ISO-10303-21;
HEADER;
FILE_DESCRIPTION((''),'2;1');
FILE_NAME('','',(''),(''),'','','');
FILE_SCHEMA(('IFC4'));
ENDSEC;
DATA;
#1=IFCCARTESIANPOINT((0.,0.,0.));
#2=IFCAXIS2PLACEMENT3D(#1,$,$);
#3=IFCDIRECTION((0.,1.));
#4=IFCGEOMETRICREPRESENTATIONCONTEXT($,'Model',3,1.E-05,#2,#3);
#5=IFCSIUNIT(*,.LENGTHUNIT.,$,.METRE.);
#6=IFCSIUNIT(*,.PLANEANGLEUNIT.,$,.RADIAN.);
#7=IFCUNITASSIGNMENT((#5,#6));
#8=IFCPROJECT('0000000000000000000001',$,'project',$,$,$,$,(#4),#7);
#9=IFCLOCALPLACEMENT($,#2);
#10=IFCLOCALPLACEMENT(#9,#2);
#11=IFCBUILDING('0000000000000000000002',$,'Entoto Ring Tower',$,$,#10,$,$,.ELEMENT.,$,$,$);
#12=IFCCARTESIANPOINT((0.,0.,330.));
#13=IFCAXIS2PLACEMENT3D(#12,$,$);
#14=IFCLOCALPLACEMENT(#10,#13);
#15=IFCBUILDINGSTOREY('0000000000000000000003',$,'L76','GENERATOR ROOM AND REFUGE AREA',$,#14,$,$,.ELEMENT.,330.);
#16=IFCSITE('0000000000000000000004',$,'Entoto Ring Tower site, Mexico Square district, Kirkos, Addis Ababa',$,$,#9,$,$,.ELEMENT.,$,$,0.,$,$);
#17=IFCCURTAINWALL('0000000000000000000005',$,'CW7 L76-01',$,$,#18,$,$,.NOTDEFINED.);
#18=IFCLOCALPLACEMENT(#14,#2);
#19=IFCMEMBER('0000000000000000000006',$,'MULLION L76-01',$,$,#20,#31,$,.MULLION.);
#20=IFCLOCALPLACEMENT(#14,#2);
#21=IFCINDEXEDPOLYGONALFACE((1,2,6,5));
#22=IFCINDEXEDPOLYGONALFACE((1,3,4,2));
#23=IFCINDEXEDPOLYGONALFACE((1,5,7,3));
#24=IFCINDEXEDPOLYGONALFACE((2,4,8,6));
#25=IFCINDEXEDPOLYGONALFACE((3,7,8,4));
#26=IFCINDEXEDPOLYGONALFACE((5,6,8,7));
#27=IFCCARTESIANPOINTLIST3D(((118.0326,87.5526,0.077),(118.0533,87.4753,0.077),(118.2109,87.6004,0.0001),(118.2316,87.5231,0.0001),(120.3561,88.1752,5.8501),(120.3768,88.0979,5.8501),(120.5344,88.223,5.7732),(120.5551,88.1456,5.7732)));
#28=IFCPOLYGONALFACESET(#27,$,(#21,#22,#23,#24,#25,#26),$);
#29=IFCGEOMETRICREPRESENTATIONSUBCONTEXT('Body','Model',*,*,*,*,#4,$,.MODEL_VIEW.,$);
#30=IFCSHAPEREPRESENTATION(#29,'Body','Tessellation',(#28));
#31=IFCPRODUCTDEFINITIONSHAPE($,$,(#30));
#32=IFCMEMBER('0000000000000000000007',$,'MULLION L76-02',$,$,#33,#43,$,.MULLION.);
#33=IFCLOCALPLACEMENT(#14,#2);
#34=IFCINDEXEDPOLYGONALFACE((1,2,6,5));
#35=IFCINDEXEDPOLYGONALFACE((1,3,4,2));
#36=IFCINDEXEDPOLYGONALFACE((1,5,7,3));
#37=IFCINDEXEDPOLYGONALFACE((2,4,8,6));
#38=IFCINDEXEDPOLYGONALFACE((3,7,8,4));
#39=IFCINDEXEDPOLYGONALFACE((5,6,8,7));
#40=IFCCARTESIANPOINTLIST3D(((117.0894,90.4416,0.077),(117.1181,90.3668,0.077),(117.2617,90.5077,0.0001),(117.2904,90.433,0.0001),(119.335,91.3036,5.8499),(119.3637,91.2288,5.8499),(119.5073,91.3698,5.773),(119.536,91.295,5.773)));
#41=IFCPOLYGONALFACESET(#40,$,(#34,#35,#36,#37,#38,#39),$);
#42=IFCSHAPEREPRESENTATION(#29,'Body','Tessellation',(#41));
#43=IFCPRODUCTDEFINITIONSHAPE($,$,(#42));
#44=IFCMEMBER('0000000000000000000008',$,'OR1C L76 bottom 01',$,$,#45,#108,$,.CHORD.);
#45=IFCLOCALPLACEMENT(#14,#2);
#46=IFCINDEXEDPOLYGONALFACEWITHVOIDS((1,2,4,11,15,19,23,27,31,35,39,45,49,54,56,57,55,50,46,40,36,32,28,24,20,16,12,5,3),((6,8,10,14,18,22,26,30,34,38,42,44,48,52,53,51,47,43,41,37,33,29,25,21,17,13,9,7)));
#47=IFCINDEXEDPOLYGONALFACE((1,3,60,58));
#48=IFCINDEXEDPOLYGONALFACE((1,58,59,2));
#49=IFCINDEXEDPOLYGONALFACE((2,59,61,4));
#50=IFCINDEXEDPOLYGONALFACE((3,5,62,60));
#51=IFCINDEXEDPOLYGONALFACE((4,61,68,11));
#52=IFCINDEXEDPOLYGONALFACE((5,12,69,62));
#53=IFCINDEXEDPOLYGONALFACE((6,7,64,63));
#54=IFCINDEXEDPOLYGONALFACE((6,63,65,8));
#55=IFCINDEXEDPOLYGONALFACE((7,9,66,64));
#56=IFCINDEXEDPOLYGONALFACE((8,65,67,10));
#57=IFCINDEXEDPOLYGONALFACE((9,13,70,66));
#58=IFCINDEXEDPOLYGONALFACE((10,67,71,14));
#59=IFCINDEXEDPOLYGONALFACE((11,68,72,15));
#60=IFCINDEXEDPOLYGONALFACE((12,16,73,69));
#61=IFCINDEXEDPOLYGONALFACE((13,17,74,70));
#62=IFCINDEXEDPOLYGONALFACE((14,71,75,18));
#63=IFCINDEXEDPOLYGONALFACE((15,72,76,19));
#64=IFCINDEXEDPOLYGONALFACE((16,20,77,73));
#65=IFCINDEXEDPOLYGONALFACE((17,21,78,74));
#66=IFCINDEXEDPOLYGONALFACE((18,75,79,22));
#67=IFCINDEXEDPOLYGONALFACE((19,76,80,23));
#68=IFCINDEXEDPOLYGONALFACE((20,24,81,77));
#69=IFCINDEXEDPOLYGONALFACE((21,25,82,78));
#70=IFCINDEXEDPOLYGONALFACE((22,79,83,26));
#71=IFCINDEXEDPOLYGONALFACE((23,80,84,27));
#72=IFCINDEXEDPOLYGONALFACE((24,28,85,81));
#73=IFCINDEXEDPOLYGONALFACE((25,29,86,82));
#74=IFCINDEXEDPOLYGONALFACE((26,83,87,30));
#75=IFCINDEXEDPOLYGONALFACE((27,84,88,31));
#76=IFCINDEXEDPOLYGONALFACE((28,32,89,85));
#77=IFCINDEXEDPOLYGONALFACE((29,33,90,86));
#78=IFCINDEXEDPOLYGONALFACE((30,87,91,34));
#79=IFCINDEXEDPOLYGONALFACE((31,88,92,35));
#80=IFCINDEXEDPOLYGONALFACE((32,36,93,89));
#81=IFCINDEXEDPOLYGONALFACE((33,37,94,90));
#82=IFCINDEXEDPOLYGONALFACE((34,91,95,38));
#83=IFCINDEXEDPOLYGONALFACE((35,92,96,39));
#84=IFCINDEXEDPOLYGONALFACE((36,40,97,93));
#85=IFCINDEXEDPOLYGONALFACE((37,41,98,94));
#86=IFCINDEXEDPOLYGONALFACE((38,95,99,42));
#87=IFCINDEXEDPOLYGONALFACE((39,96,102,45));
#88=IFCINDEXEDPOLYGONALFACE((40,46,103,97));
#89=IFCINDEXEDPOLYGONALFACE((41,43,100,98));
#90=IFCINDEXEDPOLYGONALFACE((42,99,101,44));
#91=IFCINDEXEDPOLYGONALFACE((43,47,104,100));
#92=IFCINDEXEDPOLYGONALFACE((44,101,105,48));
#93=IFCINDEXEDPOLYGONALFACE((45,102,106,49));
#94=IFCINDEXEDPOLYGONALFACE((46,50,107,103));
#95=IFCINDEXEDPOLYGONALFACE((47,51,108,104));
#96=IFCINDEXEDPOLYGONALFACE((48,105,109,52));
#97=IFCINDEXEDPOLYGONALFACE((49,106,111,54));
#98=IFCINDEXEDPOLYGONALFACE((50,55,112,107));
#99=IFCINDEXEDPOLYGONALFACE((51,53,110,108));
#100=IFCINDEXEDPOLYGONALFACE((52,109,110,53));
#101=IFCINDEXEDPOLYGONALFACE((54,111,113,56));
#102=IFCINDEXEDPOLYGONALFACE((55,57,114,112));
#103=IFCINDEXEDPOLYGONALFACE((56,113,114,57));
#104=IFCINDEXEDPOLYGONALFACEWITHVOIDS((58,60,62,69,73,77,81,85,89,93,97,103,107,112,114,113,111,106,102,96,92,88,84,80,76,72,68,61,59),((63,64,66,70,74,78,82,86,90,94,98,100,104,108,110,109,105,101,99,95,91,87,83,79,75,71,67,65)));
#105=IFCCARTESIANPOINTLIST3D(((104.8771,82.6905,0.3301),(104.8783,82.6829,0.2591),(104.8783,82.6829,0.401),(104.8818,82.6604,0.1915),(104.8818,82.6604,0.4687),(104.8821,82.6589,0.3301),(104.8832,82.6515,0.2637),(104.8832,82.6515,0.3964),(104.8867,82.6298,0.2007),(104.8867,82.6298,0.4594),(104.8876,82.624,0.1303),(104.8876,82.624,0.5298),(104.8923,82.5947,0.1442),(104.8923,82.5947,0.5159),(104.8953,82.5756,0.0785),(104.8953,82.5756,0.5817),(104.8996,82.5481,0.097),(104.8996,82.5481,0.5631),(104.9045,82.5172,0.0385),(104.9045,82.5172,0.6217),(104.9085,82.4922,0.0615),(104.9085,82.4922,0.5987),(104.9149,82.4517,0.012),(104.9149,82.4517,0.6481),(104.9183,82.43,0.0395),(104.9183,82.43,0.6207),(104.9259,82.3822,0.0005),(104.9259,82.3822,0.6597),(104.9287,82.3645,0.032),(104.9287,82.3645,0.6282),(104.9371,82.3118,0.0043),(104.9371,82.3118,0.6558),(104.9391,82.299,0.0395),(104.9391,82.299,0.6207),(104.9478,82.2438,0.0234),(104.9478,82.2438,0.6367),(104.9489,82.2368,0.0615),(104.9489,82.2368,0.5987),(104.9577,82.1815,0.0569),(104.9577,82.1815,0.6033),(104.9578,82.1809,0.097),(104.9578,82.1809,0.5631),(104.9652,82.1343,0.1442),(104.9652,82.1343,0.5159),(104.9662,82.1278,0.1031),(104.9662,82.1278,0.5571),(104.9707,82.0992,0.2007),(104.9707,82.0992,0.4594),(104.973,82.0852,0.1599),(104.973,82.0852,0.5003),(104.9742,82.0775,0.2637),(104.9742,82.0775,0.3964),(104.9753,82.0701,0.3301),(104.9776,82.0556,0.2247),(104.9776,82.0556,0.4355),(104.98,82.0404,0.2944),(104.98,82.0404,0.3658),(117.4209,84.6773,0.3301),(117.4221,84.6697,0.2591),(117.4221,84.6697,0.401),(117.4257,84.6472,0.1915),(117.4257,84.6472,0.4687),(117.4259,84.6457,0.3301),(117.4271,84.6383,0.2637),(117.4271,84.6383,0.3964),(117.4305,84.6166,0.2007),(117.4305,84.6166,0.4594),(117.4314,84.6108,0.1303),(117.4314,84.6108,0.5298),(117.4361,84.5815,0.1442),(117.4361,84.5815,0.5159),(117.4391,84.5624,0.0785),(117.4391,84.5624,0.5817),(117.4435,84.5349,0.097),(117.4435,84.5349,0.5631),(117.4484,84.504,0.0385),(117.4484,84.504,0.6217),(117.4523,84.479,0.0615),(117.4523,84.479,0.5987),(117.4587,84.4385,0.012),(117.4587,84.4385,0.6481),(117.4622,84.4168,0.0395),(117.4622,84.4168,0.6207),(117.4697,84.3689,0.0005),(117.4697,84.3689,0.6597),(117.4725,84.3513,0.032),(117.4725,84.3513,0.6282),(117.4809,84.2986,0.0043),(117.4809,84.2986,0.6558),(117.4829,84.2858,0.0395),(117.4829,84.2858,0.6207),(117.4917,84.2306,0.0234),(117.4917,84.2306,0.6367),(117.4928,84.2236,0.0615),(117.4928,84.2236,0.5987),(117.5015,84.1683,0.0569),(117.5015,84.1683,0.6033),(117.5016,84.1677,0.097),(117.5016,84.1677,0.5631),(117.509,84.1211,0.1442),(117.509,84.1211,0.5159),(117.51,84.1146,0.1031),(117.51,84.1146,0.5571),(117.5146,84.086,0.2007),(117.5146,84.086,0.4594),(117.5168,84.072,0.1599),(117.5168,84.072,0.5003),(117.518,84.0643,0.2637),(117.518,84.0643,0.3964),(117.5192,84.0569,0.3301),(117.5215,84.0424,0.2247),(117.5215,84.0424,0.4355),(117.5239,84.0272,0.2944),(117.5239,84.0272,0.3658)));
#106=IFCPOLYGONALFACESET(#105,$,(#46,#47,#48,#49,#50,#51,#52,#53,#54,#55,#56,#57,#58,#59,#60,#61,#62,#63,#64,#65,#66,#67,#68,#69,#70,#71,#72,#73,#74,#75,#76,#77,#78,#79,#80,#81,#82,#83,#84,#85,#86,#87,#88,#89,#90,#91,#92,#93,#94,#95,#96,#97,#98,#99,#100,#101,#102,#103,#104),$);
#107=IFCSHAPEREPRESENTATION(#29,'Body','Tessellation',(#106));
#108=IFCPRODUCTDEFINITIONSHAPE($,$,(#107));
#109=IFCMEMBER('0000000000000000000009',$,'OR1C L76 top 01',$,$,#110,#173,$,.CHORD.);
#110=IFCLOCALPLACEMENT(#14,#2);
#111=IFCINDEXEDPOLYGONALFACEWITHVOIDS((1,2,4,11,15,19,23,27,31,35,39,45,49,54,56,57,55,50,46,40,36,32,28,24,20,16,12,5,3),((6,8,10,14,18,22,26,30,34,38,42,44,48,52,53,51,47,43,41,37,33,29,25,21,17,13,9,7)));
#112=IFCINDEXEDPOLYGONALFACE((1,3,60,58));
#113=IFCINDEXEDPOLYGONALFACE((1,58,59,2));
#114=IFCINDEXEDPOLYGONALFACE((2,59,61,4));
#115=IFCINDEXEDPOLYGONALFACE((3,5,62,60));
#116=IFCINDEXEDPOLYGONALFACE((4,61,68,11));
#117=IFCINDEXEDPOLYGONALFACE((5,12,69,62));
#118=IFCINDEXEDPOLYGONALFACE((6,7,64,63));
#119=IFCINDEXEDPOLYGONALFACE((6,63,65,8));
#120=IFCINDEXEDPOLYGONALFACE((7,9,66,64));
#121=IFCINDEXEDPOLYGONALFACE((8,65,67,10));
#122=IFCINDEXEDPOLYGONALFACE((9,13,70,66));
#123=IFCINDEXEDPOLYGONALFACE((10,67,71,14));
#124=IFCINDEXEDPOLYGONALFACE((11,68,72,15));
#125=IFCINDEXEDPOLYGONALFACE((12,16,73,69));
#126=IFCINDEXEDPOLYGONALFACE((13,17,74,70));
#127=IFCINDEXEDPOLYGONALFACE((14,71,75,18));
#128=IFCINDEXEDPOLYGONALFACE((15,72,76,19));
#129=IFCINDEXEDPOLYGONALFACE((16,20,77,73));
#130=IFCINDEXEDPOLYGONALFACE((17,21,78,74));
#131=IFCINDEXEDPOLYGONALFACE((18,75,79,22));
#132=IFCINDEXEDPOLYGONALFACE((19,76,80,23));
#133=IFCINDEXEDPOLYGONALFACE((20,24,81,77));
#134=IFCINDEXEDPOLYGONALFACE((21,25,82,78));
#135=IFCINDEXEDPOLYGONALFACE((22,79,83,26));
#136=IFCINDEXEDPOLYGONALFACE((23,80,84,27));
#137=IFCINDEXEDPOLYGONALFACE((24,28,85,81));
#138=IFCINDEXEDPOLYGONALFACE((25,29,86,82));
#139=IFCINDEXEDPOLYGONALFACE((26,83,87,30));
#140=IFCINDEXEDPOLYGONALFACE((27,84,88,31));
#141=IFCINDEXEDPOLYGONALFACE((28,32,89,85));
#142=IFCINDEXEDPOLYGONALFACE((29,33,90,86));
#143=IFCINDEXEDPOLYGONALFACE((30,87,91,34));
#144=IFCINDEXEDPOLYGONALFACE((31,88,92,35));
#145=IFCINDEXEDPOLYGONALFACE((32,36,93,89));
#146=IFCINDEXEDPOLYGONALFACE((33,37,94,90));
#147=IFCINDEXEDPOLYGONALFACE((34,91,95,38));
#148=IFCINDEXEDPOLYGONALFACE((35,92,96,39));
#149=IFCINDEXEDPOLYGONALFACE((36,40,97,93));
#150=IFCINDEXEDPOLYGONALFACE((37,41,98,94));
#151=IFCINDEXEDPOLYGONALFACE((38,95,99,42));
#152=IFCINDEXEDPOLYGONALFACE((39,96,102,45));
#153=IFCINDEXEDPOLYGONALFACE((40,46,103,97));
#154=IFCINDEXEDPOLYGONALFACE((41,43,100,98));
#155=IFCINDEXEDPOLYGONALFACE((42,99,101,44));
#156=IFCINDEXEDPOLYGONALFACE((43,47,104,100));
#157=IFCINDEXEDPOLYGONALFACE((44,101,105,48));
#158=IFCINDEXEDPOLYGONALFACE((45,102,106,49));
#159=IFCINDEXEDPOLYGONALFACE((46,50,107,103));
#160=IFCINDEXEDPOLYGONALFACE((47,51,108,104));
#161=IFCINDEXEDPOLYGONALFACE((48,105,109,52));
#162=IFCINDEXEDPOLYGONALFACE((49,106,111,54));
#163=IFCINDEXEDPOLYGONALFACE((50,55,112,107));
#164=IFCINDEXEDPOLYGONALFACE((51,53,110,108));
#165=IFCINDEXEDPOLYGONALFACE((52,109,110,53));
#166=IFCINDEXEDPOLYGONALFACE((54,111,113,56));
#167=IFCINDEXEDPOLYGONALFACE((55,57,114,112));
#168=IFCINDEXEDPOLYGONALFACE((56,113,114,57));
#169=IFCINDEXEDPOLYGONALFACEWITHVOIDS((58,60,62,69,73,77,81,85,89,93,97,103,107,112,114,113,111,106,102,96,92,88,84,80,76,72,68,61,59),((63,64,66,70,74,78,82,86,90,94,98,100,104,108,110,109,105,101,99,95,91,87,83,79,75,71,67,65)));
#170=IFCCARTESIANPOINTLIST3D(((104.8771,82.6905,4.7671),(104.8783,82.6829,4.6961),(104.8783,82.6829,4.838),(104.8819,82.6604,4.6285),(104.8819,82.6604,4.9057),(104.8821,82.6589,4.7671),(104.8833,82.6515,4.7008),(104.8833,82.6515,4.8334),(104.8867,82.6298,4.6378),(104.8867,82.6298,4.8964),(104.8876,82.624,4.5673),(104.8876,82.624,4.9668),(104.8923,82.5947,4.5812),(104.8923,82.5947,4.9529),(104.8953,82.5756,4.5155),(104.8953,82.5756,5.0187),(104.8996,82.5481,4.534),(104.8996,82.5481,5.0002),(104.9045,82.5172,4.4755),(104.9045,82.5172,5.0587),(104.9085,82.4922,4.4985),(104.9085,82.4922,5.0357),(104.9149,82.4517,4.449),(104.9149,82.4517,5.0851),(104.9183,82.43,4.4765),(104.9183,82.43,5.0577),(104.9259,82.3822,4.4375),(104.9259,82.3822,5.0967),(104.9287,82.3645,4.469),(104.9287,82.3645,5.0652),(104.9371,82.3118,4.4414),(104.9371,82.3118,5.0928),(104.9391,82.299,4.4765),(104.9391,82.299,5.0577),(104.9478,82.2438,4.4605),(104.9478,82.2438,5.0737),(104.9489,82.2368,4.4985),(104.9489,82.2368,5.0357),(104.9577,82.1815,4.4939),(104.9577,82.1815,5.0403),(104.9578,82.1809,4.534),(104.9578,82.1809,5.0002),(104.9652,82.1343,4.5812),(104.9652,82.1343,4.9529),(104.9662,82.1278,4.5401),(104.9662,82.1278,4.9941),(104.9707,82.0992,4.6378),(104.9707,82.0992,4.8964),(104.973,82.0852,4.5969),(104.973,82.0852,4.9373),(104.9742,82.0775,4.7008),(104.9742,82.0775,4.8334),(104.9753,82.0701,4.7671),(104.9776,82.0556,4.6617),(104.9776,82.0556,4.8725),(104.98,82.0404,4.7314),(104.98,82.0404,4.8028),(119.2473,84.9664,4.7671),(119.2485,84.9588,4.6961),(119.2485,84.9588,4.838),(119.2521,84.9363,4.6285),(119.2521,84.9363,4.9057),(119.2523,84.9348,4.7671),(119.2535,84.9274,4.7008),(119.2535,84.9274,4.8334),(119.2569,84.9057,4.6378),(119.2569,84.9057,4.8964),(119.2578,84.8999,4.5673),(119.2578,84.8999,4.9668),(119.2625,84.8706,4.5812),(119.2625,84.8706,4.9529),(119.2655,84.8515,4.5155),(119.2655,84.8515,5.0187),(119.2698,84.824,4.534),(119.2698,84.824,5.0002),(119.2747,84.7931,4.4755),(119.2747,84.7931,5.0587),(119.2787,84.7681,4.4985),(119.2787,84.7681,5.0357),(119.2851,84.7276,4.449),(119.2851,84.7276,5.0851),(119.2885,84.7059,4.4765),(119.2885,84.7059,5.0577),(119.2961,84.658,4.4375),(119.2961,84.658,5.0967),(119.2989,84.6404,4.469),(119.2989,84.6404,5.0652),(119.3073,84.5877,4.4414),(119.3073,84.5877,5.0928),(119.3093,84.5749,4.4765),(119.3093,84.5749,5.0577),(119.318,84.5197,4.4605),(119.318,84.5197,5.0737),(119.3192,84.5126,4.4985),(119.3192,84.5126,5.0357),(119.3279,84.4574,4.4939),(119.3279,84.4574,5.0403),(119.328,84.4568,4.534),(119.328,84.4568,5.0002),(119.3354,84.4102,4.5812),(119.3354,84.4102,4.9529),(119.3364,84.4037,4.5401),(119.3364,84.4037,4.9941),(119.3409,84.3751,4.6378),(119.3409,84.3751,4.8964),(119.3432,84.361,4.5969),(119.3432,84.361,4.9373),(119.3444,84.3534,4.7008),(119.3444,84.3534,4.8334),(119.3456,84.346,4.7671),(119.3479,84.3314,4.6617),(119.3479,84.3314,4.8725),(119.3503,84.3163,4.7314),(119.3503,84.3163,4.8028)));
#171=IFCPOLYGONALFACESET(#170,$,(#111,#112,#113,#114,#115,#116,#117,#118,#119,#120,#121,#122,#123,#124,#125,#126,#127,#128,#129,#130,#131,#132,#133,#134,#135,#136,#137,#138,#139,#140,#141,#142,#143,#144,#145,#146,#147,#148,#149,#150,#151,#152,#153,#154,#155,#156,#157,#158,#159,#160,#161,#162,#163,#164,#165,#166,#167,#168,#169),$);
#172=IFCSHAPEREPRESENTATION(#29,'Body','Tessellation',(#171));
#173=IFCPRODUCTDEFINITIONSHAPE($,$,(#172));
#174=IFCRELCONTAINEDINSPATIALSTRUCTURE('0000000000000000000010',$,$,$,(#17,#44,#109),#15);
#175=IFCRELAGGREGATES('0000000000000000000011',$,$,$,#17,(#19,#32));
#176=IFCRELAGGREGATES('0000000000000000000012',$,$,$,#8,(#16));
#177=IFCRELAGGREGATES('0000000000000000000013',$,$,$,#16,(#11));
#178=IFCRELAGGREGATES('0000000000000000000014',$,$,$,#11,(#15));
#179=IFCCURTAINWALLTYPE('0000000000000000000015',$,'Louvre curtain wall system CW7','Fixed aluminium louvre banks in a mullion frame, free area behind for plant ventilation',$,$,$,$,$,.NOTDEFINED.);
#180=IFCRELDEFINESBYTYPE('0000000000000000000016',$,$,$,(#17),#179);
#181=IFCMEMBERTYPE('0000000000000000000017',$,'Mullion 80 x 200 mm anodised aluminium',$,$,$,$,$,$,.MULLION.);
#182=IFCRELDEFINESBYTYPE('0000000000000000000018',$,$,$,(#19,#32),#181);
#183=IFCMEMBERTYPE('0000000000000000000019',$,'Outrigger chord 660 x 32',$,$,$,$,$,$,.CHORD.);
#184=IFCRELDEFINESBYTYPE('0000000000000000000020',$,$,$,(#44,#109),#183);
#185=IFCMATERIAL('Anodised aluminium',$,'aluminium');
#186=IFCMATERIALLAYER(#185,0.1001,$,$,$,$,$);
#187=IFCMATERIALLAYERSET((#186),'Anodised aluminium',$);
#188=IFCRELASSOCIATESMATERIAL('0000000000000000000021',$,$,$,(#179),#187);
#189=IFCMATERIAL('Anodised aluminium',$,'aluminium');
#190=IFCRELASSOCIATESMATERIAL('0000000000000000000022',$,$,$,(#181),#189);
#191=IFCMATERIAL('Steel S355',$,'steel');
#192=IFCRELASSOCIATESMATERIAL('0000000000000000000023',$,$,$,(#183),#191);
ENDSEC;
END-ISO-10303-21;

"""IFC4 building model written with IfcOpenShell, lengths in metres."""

from ifc_helpers import new_model, si_unit, direction, frame, origin, origin_2d, place, context, subcontext, project, spatial, rectangle, circle, hollow_circle, extrude, material, layer, layer_set, material_profile, profile_set, type_object, element, aggregate, save


model = new_model("IFC4")

# Units and contexts
model_context = context("Model", 3, precision=1e-05, world=origin(), true_north=direction((0.0, 1.0)))
body_context = subcontext(model_context, "Body", "Model", "MODEL_VIEW")
ifc_project = project(units=[si_unit("LENGTHUNIT", "METRE"), si_unit("PLANEANGLEUNIT", "RADIAN")], contexts=[model_context])

# Site, building, storey
site_placement = place(None, origin())
site = spatial("IfcSite", under=ifc_project, at=site_placement, Name="Entoto Ring Tower site, Mexico Square district, Kirkos, Addis Ababa", CompositionType="ELEMENT", RefElevation=0.0)
building_placement = place(site_placement, origin())
building = spatial("IfcBuilding", under=site, at=building_placement, Name="Entoto Ring Tower", CompositionType="ELEMENT")
storey_placement = place(building_placement, frame((0.0, 0.0, 330.0)))
storey = spatial("IfcBuildingStorey", under=building, at=storey_placement, Name="L76", Description="GENERATOR ROOM AND REFUGE AREA", CompositionType="ELEMENT", Elevation=330.0)

# Curtain wall, members
ifc_material_1 = material(Name="Anodised aluminium", Category="aluminium")
ifc_layer_1 = layer(ifc_material_1, 0.1001)
ifc_layer_set_1 = layer_set([ifc_layer_1], Name="Anodised aluminium")
curtain_wall_type = type_object("IfcCurtainWallType", Name="Louvre curtain wall system CW7", Description="Fixed aluminium louvre banks in a mullion frame, free area behind for plant ventilation", PredefinedType="NOTDEFINED", material=ifc_layer_set_1)
curtain_wall_placement = place(storey_placement, origin())
curtain_wall = element("IfcCurtainWall", 1, at=curtain_wall_placement, inside=storey, type_object=curtain_wall_type, Name="CW7 L76-01", PredefinedType="NOTDEFINED")
ifc_material_2 = material(Name="Anodised aluminium", Category="aluminium")
ifc_material_profile_1 = material_profile(ifc_material_2, rectangle(XDim=0.0801, YDim=0.2, at=origin_2d()), Name="Mullion 80 x 200 mm anodised aluminium")
ifc_profile_set_1 = profile_set([ifc_material_profile_1], Name="Anodised aluminium")
member_type_1 = type_object("IfcMemberType", Name="Mullion 80 x 200 mm anodised aluminium", PredefinedType="MULLION", material=ifc_profile_set_1)
member_1_placement = place(storey_placement, frame((118.1321, 87.5378, 0.0386), z_axis=(0.371517, 0.099545, 0.923074), x_axis=(-0.258812, 0.965928, 0.0)))
member_1 = element("IfcMember", 2, at=member_1_placement, type_object=member_type_1, Name="MULLION L76-01", PredefinedType="MULLION", context=body_context, shape_type="SweptSolid", body=[
    extrude(rectangle(XDim=0.0801, YDim=0.2, at=origin_2d()), origin(), (0.0, 0.0, 1.0), 6.2542),
])
member_2_placement = place(storey_placement, frame((117.1899, 90.4373, 0.0386), z_axis=(0.359066, 0.137841, 0.923077), x_axis=(-0.358387, 0.933573, 0.0)))
member_2 = element("IfcMember", 3, at=member_2_placement, type_object=member_type_1, Name="MULLION L76-02", PredefinedType="MULLION", context=body_context, shape_type="SweptSolid", body=[
    extrude(rectangle(XDim=0.0801, YDim=0.2, at=origin_2d()), origin(), (0.0, 0.0, 1.0), 6.2539),
])
aggregate(curtain_wall, [member_1, member_2])

# Members
ifc_material_3 = material(Name="Steel S355", Category="steel")
ifc_material_profile_2 = material_profile(ifc_material_3, hollow_circle(Radius=0.3301, WallThickness=0.032, at=origin_2d()), Name="CHS 660 x 32")
ifc_material_4 = material(Name="Concrete C60/75", Category="concrete")
ifc_material_profile_3 = material_profile(ifc_material_4, circle(Radius=0.2981, at=origin_2d()), Name="Concrete C60/75 infill")
ifc_profile_set_2 = profile_set([ifc_material_profile_2, ifc_material_profile_3], Name="Steel S355")
member_type_2 = type_object("IfcMemberType", Name="Outrigger chord 660 x 32", PredefinedType="CHORD", material=ifc_profile_set_2)
member_3_placement = place(storey_placement, frame((104.9287, 82.3645, 0.3301), z_axis=(0.987688, 0.156438, 0.0), x_axis=(-0.156438, 0.987688, 0.0)))
element("IfcMember", 4, at=member_3_placement, inside=storey, type_object=member_type_2, Name="OR1C L76 bottom 01", PredefinedType="CHORD", context=body_context, shape_type="SweptSolid", body=[
    extrude(hollow_circle(Radius=0.3301, WallThickness=0.032, at=origin_2d()), origin(), (0.0, 0.0, 1.0), 12.7002),
])
member_4_placement = place(storey_placement, frame((104.9287, 82.3645, 4.7671), z_axis=(0.98769, 0.156426, 0.0), x_axis=(-0.156426, 0.98769, 0.0)))
element("IfcMember", 5, at=member_4_placement, inside=storey, type_object=member_type_2, Name="OR1C L76 top 01", PredefinedType="CHORD", context=body_context, shape_type="SweptSolid", body=[
    extrude(hollow_circle(Radius=0.3301, WallThickness=0.032, at=origin_2d()), origin(), (0.0, 0.0, 1.0), 14.5493),
])

save(model, "model.ifc")
